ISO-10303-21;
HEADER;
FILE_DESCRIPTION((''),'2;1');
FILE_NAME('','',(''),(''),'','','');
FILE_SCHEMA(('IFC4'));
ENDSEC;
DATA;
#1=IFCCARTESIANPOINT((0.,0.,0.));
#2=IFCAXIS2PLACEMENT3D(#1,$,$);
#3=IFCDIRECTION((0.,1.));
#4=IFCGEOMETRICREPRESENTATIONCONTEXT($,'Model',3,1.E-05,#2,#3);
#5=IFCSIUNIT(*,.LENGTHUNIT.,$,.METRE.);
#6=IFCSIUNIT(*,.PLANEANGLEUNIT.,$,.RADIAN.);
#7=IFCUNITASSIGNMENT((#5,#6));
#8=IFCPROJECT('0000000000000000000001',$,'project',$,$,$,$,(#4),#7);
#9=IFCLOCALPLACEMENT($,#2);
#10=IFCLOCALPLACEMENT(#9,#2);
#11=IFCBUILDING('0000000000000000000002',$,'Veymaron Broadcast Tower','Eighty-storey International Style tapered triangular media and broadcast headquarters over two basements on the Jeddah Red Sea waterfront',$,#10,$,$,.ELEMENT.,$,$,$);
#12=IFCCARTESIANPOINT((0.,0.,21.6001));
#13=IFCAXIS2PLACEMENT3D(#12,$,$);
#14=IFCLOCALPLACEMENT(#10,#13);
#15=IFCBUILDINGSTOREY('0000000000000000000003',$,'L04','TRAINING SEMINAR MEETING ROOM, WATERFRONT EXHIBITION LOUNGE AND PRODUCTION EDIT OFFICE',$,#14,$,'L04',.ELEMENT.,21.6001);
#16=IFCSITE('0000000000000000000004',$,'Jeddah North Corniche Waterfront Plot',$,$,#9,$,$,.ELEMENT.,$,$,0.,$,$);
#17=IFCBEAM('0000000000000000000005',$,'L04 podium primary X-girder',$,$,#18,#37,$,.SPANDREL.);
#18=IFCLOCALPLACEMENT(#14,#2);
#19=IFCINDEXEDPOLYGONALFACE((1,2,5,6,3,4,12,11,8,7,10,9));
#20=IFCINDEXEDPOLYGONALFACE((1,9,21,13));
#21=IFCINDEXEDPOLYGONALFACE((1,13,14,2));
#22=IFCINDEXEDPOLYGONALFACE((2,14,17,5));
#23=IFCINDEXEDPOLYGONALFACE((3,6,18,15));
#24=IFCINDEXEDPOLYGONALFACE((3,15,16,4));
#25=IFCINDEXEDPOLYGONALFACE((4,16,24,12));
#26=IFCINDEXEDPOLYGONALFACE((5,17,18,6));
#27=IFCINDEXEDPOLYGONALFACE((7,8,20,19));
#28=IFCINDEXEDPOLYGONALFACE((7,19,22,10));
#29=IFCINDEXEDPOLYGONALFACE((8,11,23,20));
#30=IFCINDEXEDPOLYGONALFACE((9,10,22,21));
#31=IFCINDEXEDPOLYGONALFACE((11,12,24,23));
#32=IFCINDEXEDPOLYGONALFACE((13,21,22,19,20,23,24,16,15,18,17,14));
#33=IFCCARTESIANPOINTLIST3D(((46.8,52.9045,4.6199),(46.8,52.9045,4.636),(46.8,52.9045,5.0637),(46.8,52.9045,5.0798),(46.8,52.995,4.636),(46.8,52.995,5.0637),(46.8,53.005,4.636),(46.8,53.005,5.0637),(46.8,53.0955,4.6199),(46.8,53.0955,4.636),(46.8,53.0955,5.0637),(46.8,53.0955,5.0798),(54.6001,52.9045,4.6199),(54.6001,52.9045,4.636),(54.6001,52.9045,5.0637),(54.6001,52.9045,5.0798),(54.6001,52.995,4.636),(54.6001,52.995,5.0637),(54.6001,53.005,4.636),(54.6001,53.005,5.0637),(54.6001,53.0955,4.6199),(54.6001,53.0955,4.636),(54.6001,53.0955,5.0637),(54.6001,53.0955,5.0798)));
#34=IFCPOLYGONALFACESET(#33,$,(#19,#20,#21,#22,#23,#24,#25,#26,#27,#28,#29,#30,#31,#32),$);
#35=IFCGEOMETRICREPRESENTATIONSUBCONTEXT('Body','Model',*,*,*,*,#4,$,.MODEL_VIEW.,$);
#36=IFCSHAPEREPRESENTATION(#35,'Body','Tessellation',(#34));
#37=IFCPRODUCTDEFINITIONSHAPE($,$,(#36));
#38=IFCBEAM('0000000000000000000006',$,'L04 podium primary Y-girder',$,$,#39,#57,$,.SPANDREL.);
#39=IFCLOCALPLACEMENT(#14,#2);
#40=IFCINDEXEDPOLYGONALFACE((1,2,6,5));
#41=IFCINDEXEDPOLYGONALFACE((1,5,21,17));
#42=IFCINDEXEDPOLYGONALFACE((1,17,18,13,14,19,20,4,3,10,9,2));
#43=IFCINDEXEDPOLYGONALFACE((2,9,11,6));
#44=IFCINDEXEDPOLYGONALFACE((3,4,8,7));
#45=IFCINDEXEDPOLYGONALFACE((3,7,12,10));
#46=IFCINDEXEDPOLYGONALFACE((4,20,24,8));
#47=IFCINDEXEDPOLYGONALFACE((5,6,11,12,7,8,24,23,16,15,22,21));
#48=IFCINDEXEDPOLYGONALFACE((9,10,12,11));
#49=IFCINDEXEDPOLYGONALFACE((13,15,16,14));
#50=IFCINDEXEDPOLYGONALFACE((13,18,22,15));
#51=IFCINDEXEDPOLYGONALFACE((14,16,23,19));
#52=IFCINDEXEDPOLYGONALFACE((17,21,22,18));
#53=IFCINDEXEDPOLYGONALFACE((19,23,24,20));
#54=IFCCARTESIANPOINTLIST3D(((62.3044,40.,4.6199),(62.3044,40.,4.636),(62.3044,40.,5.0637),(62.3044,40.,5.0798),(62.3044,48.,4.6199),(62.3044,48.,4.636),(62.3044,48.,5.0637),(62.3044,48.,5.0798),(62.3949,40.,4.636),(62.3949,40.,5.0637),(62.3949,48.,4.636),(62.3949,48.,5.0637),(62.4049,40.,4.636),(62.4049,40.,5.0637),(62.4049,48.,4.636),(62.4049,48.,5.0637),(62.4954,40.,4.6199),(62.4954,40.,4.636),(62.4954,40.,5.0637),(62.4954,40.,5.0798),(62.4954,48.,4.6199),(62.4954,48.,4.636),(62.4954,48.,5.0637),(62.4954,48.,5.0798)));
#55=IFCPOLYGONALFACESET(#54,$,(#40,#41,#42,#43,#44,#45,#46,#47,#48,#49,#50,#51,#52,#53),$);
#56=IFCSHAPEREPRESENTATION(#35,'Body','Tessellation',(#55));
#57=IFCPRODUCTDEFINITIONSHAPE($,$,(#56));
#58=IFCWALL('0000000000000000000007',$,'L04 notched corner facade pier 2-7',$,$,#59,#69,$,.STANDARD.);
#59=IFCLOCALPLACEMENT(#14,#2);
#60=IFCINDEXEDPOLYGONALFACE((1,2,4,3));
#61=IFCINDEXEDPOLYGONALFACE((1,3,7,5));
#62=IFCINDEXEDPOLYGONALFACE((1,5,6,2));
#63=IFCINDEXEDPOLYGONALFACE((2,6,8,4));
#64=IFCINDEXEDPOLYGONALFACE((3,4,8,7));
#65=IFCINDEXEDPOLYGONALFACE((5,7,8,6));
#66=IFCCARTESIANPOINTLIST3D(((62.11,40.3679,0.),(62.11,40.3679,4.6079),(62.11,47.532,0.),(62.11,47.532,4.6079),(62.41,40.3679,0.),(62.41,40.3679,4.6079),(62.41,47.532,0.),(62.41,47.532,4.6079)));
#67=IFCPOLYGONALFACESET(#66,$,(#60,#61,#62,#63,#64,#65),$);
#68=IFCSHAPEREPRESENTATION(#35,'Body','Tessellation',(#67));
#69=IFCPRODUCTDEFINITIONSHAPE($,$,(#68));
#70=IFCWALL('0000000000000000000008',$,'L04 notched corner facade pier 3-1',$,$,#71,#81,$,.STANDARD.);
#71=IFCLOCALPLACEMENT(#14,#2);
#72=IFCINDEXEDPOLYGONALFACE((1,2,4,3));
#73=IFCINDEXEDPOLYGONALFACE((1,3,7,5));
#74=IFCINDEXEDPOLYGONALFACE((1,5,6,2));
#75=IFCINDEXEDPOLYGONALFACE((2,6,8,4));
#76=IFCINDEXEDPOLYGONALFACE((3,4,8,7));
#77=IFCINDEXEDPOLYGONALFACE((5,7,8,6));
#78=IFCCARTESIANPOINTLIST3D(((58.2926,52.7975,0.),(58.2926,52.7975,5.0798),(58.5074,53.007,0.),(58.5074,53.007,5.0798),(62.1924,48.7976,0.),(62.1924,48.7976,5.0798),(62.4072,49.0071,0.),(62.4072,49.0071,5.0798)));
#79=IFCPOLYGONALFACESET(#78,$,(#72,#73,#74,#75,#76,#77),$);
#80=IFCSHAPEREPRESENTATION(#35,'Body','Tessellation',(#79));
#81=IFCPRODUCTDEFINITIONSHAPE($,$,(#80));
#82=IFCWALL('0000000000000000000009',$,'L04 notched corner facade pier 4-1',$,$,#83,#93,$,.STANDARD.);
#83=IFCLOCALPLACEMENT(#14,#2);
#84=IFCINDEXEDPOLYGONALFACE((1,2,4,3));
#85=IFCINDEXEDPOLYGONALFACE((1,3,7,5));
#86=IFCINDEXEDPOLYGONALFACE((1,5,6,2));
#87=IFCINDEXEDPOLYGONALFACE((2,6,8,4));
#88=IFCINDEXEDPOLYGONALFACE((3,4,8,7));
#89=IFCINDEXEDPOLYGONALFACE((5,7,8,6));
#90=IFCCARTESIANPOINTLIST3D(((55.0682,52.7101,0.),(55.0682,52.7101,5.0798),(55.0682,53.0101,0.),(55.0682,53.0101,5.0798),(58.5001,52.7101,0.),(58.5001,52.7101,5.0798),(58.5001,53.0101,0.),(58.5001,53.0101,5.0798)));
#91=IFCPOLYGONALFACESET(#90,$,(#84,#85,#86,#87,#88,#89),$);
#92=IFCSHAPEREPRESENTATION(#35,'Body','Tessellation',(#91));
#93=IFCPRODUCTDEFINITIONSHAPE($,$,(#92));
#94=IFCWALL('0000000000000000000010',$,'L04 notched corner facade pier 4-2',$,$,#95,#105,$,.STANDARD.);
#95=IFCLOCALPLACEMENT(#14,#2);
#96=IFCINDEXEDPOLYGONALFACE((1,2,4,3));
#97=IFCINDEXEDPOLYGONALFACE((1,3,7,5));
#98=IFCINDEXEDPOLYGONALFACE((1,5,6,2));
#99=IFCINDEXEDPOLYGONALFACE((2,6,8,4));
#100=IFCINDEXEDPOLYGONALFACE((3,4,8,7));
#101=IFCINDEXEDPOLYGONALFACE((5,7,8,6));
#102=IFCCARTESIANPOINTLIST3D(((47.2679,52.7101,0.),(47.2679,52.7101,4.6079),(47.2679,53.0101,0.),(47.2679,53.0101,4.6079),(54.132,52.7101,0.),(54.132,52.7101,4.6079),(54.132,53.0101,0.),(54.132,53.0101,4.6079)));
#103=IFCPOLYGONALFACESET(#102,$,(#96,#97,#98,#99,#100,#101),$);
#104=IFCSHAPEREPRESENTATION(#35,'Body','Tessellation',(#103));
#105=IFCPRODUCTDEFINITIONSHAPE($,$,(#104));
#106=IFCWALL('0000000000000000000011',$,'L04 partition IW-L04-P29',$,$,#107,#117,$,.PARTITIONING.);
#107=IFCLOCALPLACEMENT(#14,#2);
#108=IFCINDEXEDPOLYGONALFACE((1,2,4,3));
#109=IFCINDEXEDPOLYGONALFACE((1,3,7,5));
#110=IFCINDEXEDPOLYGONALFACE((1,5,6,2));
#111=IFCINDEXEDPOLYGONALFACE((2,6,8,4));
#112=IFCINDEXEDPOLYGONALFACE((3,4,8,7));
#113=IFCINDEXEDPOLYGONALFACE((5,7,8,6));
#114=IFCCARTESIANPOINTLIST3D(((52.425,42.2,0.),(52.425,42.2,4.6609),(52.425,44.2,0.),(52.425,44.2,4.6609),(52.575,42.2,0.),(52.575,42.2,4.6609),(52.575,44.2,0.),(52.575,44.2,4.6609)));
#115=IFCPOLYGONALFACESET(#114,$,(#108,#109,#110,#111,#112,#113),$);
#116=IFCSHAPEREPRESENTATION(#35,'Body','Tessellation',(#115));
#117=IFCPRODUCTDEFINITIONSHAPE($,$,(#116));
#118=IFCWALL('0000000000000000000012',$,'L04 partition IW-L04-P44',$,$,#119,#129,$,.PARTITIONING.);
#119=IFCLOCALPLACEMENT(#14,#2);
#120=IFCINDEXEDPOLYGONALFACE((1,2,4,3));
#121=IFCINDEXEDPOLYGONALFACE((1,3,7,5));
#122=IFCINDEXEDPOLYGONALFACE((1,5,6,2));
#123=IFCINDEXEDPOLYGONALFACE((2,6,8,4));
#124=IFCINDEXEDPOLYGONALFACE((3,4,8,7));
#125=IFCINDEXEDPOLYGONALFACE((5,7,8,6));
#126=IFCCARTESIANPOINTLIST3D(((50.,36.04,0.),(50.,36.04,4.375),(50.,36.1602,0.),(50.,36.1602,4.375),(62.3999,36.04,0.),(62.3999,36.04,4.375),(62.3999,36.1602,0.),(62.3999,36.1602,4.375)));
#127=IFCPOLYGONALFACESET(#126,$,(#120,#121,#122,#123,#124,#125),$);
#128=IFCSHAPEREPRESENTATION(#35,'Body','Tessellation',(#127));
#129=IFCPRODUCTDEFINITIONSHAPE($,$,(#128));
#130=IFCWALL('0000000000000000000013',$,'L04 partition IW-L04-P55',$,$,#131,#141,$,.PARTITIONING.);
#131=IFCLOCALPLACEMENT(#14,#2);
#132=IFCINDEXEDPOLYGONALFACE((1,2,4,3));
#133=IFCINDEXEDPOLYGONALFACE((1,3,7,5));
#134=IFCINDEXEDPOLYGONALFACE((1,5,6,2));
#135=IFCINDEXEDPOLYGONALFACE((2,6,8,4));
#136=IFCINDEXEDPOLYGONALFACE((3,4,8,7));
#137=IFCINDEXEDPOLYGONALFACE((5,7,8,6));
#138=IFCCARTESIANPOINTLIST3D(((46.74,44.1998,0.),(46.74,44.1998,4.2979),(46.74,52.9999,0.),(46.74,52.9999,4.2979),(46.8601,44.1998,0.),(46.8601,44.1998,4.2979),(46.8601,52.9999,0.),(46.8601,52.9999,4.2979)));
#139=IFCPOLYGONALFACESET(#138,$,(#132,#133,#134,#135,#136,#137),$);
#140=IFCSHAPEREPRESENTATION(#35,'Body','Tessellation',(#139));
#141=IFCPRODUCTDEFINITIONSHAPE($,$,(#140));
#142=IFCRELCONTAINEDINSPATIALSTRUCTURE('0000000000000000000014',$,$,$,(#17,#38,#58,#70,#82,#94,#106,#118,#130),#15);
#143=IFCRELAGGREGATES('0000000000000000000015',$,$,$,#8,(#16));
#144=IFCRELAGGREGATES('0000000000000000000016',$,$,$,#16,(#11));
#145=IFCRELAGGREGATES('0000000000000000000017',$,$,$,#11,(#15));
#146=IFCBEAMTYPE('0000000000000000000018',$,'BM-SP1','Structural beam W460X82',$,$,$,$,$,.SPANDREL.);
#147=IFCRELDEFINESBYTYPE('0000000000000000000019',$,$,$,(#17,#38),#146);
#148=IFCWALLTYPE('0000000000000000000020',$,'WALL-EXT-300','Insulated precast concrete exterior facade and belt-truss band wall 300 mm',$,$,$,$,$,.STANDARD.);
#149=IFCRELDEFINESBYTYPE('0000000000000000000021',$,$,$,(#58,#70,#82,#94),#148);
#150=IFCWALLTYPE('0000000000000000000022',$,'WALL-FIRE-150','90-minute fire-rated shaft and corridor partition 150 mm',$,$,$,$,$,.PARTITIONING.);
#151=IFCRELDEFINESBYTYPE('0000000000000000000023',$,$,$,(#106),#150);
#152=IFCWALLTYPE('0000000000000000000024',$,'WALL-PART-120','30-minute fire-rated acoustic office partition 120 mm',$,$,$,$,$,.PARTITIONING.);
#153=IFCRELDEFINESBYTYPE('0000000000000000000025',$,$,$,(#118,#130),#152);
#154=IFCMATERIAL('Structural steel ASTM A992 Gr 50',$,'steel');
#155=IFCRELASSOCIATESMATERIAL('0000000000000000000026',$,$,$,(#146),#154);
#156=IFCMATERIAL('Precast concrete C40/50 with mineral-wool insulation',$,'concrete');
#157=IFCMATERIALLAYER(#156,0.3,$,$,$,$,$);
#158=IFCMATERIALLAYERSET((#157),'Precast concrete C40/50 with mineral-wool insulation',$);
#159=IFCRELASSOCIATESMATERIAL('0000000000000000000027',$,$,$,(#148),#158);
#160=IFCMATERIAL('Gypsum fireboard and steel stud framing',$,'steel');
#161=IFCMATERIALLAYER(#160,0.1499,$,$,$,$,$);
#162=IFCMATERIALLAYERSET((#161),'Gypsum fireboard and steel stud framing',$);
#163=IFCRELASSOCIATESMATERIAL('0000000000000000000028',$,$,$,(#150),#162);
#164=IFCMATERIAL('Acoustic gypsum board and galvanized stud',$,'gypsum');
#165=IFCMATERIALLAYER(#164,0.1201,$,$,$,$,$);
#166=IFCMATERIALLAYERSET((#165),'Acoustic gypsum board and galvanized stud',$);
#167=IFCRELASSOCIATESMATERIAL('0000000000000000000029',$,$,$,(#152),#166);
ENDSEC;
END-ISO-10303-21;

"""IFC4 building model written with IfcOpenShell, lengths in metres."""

from ifc_helpers import new_model, si_unit, direction, frame, frame_2d, origin, origin_2d, place, context, subcontext, project, spatial, rectangle, i_section, extrude, material, layer, layer_set, material_profile, profile_set, type_object, element, save


model = new_model("IFC4")

# Units and contexts
model_context = context("Model", 3, precision=1e-05, world=origin(), true_north=direction((0.0, 1.0)))
body_context = subcontext(model_context, "Body", "Model", "MODEL_VIEW")
ifc_project = project(units=[si_unit("LENGTHUNIT", "METRE"), si_unit("PLANEANGLEUNIT", "RADIAN")], contexts=[model_context])

# Site, building, storey
site_placement = place(None, origin())
site = spatial("IfcSite", under=ifc_project, at=site_placement, Name="Jeddah North Corniche Waterfront Plot", CompositionType="ELEMENT", RefElevation=0.0)
building_placement = place(site_placement, origin())
building = spatial("IfcBuilding", under=site, at=building_placement, Name="Veymaron Broadcast Tower", Description="Eighty-storey International Style tapered triangular media and broadcast headquarters over two basements on the Jeddah Red Sea waterfront", CompositionType="ELEMENT")
storey_placement = place(building_placement, frame((0.0, 0.0, 21.6001)))
storey = spatial("IfcBuildingStorey", under=building, at=storey_placement, Name="L04", Description="TRAINING SEMINAR MEETING ROOM, WATERFRONT EXHIBITION LOUNGE AND PRODUCTION EDIT OFFICE", LongName="L04", CompositionType="ELEMENT", Elevation=21.6001)

# Shared definitions
ifc_material_1 = material(Name="Structural steel ASTM A992 Gr 50", Category="steel")

# Beams
ifc_material_profile_1 = material_profile(ifc_material_1, i_section(OverallWidth=0.1909, OverallDepth=0.46, WebThickness=0.01, FlangeThickness=0.0161, at=origin_2d()), Name="W460X82")
ifc_profile_set_1 = profile_set([ifc_material_profile_1], Name="Structural steel ASTM A992 Gr 50")
beam_type_1 = type_object("IfcBeamType", Name="BM-SP1", Description="Structural beam W460X82", PredefinedType="SPANDREL", material=ifc_profile_set_1)
beam_1_placement = place(storey_placement, frame((46.8, 53.0, 4.8499), z_axis=(1.0, 0.0, 0.0), x_axis=(0.0, 1.0, 0.0)))
element("IfcBeam", 1, at=beam_1_placement, inside=storey, type_object=beam_type_1, Name="L04 podium primary X-girder", PredefinedType="SPANDREL", context=body_context, shape_type="SweptSolid", body=[
    extrude(i_section(OverallWidth=0.1909, OverallDepth=0.46, WebThickness=0.01, FlangeThickness=0.0161, at=origin_2d()), origin(), (0.0, 0.0, 1.0), 7.8),
])
beam_2_placement = place(storey_placement, frame((62.3999, 40.0, 4.8499), z_axis=(0.0, 1.0, 0.0), x_axis=(-1.0, 0.0, 0.0)))
element("IfcBeam", 2, at=beam_2_placement, inside=storey, type_object=beam_type_1, Name="L04 podium primary Y-girder", PredefinedType="SPANDREL", context=body_context, shape_type="SweptSolid", body=[
    extrude(i_section(OverallWidth=0.1909, OverallDepth=0.46, WebThickness=0.01, FlangeThickness=0.0161, at=origin_2d()), origin(), (0.0, 0.0, 1.0), 8.0),
])

# Walls
ifc_material_2 = material(Name="Precast concrete C40/50 with mineral-wool insulation", Category="concrete")
ifc_layer_1 = layer(ifc_material_2, 0.3)
ifc_layer_set_1 = layer_set([ifc_layer_1], Name="Precast concrete C40/50 with mineral-wool insulation")
wall_type_1 = type_object("IfcWallType", Name="WALL-EXT-300", Description="Insulated precast concrete exterior facade and belt-truss band wall 300 mm", PredefinedType="STANDARD", material=ifc_layer_set_1)
wall_1_placement = place(storey_placement, frame((62.26, 40.3679, 0.0), z_axis=(0.0, 0.0, 1.0), x_axis=(0.0, 1.0, 0.0)))
element("IfcWall", 3, at=wall_1_placement, inside=storey, type_object=wall_type_1, Name="L04 notched corner facade pier 2-7", PredefinedType="STANDARD", context=body_context, shape_type="SweptSolid", body=[
    extrude(rectangle(XDim=7.1641, YDim=0.3, at=frame_2d((3.582, 0.0))), origin(), (0.0, 0.0, 1.0), 4.6079),
])
wall_2_placement = place(storey_placement, frame((62.2998, 48.9023, 0.0), z_axis=(0.0, 0.0, 1.0), x_axis=(-0.698091, 0.716009, 0.0)))
element("IfcWall", 4, at=wall_2_placement, inside=storey, type_object=wall_type_1, Name="L04 notched corner facade pier 3-1", PredefinedType="STANDARD", context=body_context, shape_type="SweptSolid", body=[
    extrude(rectangle(XDim=5.5864, YDim=0.3, at=frame_2d((2.7932, 0.0))), origin(), (0.0, 0.0, 1.0), 5.0798),
])
wall_3_placement = place(storey_placement, frame((58.5, 52.8601, 0.0), z_axis=(0.0, 0.0, 1.0), x_axis=(-1.0, 0.0, 0.0)))
element("IfcWall", 5, at=wall_3_placement, inside=storey, type_object=wall_type_1, Name="L04 notched corner facade pier 4-1", PredefinedType="STANDARD", context=body_context, shape_type="SweptSolid", body=[
    extrude(rectangle(XDim=3.4319, YDim=0.3, at=frame_2d((1.7158, 0.0))), origin(), (0.0, 0.0, 1.0), 5.0798),
])
wall_4_placement = place(storey_placement, frame((54.1321, 52.8601, 0.0), z_axis=(0.0, 0.0, 1.0), x_axis=(-1.0, 0.0, 0.0)))
element("IfcWall", 6, at=wall_4_placement, inside=storey, type_object=wall_type_1, Name="L04 notched corner facade pier 4-2", PredefinedType="STANDARD", context=body_context, shape_type="SweptSolid", body=[
    extrude(rectangle(XDim=6.864, YDim=0.3, at=frame_2d((3.4321, 0.0))), origin(), (0.0, 0.0, 1.0), 4.6079),
])
ifc_material_3 = material(Name="Gypsum fireboard and steel stud framing", Category="steel")
ifc_layer_2 = layer(ifc_material_3, 0.1499)
ifc_layer_set_2 = layer_set([ifc_layer_2], Name="Gypsum fireboard and steel stud framing")
wall_type_2 = type_object("IfcWallType", Name="WALL-FIRE-150", Description="90-minute fire-rated shaft and corridor partition 150 mm", PredefinedType="PARTITIONING", material=ifc_layer_set_2)
wall_5_placement = place(storey_placement, frame((52.5, 42.2, 0.0), z_axis=(0.0, 0.0, 1.0), x_axis=(0.0, 1.0, 0.0)))
element("IfcWall", 7, at=wall_5_placement, inside=storey, type_object=wall_type_2, Name="L04 partition IW-L04-P29", PredefinedType="PARTITIONING", context=body_context, shape_type="SweptSolid", body=[
    extrude(rectangle(XDim=2.0, YDim=0.1499, at=frame_2d((1.0, 0.0))), origin(), (0.0, 0.0, 1.0), 4.6609),
])
ifc_material_4 = material(Name="Acoustic gypsum board and galvanized stud", Category="gypsum")
ifc_layer_3 = layer(ifc_material_4, 0.1201)
ifc_layer_set_3 = layer_set([ifc_layer_3], Name="Acoustic gypsum board and galvanized stud")
wall_type_3 = type_object("IfcWallType", Name="WALL-PART-120", Description="30-minute fire-rated acoustic office partition 120 mm", PredefinedType="PARTITIONING", material=ifc_layer_set_3)
wall_6_placement = place(storey_placement, frame((50.0, 36.1001, 0.0), z_axis=(0.0, 0.0, 1.0), x_axis=(1.0, 0.0, 0.0)))
element("IfcWall", 8, at=wall_6_placement, inside=storey, type_object=wall_type_3, Name="L04 partition IW-L04-P44", PredefinedType="PARTITIONING", context=body_context, shape_type="SweptSolid", body=[
    extrude(rectangle(XDim=12.3999, YDim=0.1201, at=frame_2d((6.2, 0.0))), origin(), (0.0, 0.0, 1.0), 4.375),
])
wall_7_placement = place(storey_placement, frame((46.8, 44.2, 0.0), z_axis=(0.0, 0.0, 1.0), x_axis=(0.0, 1.0, 0.0)))
element("IfcWall", 9, at=wall_7_placement, inside=storey, type_object=wall_type_3, Name="L04 partition IW-L04-P55", PredefinedType="PARTITIONING", context=body_context, shape_type="SweptSolid", body=[
    extrude(rectangle(XDim=8.8, YDim=0.1201, at=frame_2d((4.3999, 0.0))), origin(), (0.0, 0.0, 1.0), 4.2979),
])

save(model, "model.ifc")
